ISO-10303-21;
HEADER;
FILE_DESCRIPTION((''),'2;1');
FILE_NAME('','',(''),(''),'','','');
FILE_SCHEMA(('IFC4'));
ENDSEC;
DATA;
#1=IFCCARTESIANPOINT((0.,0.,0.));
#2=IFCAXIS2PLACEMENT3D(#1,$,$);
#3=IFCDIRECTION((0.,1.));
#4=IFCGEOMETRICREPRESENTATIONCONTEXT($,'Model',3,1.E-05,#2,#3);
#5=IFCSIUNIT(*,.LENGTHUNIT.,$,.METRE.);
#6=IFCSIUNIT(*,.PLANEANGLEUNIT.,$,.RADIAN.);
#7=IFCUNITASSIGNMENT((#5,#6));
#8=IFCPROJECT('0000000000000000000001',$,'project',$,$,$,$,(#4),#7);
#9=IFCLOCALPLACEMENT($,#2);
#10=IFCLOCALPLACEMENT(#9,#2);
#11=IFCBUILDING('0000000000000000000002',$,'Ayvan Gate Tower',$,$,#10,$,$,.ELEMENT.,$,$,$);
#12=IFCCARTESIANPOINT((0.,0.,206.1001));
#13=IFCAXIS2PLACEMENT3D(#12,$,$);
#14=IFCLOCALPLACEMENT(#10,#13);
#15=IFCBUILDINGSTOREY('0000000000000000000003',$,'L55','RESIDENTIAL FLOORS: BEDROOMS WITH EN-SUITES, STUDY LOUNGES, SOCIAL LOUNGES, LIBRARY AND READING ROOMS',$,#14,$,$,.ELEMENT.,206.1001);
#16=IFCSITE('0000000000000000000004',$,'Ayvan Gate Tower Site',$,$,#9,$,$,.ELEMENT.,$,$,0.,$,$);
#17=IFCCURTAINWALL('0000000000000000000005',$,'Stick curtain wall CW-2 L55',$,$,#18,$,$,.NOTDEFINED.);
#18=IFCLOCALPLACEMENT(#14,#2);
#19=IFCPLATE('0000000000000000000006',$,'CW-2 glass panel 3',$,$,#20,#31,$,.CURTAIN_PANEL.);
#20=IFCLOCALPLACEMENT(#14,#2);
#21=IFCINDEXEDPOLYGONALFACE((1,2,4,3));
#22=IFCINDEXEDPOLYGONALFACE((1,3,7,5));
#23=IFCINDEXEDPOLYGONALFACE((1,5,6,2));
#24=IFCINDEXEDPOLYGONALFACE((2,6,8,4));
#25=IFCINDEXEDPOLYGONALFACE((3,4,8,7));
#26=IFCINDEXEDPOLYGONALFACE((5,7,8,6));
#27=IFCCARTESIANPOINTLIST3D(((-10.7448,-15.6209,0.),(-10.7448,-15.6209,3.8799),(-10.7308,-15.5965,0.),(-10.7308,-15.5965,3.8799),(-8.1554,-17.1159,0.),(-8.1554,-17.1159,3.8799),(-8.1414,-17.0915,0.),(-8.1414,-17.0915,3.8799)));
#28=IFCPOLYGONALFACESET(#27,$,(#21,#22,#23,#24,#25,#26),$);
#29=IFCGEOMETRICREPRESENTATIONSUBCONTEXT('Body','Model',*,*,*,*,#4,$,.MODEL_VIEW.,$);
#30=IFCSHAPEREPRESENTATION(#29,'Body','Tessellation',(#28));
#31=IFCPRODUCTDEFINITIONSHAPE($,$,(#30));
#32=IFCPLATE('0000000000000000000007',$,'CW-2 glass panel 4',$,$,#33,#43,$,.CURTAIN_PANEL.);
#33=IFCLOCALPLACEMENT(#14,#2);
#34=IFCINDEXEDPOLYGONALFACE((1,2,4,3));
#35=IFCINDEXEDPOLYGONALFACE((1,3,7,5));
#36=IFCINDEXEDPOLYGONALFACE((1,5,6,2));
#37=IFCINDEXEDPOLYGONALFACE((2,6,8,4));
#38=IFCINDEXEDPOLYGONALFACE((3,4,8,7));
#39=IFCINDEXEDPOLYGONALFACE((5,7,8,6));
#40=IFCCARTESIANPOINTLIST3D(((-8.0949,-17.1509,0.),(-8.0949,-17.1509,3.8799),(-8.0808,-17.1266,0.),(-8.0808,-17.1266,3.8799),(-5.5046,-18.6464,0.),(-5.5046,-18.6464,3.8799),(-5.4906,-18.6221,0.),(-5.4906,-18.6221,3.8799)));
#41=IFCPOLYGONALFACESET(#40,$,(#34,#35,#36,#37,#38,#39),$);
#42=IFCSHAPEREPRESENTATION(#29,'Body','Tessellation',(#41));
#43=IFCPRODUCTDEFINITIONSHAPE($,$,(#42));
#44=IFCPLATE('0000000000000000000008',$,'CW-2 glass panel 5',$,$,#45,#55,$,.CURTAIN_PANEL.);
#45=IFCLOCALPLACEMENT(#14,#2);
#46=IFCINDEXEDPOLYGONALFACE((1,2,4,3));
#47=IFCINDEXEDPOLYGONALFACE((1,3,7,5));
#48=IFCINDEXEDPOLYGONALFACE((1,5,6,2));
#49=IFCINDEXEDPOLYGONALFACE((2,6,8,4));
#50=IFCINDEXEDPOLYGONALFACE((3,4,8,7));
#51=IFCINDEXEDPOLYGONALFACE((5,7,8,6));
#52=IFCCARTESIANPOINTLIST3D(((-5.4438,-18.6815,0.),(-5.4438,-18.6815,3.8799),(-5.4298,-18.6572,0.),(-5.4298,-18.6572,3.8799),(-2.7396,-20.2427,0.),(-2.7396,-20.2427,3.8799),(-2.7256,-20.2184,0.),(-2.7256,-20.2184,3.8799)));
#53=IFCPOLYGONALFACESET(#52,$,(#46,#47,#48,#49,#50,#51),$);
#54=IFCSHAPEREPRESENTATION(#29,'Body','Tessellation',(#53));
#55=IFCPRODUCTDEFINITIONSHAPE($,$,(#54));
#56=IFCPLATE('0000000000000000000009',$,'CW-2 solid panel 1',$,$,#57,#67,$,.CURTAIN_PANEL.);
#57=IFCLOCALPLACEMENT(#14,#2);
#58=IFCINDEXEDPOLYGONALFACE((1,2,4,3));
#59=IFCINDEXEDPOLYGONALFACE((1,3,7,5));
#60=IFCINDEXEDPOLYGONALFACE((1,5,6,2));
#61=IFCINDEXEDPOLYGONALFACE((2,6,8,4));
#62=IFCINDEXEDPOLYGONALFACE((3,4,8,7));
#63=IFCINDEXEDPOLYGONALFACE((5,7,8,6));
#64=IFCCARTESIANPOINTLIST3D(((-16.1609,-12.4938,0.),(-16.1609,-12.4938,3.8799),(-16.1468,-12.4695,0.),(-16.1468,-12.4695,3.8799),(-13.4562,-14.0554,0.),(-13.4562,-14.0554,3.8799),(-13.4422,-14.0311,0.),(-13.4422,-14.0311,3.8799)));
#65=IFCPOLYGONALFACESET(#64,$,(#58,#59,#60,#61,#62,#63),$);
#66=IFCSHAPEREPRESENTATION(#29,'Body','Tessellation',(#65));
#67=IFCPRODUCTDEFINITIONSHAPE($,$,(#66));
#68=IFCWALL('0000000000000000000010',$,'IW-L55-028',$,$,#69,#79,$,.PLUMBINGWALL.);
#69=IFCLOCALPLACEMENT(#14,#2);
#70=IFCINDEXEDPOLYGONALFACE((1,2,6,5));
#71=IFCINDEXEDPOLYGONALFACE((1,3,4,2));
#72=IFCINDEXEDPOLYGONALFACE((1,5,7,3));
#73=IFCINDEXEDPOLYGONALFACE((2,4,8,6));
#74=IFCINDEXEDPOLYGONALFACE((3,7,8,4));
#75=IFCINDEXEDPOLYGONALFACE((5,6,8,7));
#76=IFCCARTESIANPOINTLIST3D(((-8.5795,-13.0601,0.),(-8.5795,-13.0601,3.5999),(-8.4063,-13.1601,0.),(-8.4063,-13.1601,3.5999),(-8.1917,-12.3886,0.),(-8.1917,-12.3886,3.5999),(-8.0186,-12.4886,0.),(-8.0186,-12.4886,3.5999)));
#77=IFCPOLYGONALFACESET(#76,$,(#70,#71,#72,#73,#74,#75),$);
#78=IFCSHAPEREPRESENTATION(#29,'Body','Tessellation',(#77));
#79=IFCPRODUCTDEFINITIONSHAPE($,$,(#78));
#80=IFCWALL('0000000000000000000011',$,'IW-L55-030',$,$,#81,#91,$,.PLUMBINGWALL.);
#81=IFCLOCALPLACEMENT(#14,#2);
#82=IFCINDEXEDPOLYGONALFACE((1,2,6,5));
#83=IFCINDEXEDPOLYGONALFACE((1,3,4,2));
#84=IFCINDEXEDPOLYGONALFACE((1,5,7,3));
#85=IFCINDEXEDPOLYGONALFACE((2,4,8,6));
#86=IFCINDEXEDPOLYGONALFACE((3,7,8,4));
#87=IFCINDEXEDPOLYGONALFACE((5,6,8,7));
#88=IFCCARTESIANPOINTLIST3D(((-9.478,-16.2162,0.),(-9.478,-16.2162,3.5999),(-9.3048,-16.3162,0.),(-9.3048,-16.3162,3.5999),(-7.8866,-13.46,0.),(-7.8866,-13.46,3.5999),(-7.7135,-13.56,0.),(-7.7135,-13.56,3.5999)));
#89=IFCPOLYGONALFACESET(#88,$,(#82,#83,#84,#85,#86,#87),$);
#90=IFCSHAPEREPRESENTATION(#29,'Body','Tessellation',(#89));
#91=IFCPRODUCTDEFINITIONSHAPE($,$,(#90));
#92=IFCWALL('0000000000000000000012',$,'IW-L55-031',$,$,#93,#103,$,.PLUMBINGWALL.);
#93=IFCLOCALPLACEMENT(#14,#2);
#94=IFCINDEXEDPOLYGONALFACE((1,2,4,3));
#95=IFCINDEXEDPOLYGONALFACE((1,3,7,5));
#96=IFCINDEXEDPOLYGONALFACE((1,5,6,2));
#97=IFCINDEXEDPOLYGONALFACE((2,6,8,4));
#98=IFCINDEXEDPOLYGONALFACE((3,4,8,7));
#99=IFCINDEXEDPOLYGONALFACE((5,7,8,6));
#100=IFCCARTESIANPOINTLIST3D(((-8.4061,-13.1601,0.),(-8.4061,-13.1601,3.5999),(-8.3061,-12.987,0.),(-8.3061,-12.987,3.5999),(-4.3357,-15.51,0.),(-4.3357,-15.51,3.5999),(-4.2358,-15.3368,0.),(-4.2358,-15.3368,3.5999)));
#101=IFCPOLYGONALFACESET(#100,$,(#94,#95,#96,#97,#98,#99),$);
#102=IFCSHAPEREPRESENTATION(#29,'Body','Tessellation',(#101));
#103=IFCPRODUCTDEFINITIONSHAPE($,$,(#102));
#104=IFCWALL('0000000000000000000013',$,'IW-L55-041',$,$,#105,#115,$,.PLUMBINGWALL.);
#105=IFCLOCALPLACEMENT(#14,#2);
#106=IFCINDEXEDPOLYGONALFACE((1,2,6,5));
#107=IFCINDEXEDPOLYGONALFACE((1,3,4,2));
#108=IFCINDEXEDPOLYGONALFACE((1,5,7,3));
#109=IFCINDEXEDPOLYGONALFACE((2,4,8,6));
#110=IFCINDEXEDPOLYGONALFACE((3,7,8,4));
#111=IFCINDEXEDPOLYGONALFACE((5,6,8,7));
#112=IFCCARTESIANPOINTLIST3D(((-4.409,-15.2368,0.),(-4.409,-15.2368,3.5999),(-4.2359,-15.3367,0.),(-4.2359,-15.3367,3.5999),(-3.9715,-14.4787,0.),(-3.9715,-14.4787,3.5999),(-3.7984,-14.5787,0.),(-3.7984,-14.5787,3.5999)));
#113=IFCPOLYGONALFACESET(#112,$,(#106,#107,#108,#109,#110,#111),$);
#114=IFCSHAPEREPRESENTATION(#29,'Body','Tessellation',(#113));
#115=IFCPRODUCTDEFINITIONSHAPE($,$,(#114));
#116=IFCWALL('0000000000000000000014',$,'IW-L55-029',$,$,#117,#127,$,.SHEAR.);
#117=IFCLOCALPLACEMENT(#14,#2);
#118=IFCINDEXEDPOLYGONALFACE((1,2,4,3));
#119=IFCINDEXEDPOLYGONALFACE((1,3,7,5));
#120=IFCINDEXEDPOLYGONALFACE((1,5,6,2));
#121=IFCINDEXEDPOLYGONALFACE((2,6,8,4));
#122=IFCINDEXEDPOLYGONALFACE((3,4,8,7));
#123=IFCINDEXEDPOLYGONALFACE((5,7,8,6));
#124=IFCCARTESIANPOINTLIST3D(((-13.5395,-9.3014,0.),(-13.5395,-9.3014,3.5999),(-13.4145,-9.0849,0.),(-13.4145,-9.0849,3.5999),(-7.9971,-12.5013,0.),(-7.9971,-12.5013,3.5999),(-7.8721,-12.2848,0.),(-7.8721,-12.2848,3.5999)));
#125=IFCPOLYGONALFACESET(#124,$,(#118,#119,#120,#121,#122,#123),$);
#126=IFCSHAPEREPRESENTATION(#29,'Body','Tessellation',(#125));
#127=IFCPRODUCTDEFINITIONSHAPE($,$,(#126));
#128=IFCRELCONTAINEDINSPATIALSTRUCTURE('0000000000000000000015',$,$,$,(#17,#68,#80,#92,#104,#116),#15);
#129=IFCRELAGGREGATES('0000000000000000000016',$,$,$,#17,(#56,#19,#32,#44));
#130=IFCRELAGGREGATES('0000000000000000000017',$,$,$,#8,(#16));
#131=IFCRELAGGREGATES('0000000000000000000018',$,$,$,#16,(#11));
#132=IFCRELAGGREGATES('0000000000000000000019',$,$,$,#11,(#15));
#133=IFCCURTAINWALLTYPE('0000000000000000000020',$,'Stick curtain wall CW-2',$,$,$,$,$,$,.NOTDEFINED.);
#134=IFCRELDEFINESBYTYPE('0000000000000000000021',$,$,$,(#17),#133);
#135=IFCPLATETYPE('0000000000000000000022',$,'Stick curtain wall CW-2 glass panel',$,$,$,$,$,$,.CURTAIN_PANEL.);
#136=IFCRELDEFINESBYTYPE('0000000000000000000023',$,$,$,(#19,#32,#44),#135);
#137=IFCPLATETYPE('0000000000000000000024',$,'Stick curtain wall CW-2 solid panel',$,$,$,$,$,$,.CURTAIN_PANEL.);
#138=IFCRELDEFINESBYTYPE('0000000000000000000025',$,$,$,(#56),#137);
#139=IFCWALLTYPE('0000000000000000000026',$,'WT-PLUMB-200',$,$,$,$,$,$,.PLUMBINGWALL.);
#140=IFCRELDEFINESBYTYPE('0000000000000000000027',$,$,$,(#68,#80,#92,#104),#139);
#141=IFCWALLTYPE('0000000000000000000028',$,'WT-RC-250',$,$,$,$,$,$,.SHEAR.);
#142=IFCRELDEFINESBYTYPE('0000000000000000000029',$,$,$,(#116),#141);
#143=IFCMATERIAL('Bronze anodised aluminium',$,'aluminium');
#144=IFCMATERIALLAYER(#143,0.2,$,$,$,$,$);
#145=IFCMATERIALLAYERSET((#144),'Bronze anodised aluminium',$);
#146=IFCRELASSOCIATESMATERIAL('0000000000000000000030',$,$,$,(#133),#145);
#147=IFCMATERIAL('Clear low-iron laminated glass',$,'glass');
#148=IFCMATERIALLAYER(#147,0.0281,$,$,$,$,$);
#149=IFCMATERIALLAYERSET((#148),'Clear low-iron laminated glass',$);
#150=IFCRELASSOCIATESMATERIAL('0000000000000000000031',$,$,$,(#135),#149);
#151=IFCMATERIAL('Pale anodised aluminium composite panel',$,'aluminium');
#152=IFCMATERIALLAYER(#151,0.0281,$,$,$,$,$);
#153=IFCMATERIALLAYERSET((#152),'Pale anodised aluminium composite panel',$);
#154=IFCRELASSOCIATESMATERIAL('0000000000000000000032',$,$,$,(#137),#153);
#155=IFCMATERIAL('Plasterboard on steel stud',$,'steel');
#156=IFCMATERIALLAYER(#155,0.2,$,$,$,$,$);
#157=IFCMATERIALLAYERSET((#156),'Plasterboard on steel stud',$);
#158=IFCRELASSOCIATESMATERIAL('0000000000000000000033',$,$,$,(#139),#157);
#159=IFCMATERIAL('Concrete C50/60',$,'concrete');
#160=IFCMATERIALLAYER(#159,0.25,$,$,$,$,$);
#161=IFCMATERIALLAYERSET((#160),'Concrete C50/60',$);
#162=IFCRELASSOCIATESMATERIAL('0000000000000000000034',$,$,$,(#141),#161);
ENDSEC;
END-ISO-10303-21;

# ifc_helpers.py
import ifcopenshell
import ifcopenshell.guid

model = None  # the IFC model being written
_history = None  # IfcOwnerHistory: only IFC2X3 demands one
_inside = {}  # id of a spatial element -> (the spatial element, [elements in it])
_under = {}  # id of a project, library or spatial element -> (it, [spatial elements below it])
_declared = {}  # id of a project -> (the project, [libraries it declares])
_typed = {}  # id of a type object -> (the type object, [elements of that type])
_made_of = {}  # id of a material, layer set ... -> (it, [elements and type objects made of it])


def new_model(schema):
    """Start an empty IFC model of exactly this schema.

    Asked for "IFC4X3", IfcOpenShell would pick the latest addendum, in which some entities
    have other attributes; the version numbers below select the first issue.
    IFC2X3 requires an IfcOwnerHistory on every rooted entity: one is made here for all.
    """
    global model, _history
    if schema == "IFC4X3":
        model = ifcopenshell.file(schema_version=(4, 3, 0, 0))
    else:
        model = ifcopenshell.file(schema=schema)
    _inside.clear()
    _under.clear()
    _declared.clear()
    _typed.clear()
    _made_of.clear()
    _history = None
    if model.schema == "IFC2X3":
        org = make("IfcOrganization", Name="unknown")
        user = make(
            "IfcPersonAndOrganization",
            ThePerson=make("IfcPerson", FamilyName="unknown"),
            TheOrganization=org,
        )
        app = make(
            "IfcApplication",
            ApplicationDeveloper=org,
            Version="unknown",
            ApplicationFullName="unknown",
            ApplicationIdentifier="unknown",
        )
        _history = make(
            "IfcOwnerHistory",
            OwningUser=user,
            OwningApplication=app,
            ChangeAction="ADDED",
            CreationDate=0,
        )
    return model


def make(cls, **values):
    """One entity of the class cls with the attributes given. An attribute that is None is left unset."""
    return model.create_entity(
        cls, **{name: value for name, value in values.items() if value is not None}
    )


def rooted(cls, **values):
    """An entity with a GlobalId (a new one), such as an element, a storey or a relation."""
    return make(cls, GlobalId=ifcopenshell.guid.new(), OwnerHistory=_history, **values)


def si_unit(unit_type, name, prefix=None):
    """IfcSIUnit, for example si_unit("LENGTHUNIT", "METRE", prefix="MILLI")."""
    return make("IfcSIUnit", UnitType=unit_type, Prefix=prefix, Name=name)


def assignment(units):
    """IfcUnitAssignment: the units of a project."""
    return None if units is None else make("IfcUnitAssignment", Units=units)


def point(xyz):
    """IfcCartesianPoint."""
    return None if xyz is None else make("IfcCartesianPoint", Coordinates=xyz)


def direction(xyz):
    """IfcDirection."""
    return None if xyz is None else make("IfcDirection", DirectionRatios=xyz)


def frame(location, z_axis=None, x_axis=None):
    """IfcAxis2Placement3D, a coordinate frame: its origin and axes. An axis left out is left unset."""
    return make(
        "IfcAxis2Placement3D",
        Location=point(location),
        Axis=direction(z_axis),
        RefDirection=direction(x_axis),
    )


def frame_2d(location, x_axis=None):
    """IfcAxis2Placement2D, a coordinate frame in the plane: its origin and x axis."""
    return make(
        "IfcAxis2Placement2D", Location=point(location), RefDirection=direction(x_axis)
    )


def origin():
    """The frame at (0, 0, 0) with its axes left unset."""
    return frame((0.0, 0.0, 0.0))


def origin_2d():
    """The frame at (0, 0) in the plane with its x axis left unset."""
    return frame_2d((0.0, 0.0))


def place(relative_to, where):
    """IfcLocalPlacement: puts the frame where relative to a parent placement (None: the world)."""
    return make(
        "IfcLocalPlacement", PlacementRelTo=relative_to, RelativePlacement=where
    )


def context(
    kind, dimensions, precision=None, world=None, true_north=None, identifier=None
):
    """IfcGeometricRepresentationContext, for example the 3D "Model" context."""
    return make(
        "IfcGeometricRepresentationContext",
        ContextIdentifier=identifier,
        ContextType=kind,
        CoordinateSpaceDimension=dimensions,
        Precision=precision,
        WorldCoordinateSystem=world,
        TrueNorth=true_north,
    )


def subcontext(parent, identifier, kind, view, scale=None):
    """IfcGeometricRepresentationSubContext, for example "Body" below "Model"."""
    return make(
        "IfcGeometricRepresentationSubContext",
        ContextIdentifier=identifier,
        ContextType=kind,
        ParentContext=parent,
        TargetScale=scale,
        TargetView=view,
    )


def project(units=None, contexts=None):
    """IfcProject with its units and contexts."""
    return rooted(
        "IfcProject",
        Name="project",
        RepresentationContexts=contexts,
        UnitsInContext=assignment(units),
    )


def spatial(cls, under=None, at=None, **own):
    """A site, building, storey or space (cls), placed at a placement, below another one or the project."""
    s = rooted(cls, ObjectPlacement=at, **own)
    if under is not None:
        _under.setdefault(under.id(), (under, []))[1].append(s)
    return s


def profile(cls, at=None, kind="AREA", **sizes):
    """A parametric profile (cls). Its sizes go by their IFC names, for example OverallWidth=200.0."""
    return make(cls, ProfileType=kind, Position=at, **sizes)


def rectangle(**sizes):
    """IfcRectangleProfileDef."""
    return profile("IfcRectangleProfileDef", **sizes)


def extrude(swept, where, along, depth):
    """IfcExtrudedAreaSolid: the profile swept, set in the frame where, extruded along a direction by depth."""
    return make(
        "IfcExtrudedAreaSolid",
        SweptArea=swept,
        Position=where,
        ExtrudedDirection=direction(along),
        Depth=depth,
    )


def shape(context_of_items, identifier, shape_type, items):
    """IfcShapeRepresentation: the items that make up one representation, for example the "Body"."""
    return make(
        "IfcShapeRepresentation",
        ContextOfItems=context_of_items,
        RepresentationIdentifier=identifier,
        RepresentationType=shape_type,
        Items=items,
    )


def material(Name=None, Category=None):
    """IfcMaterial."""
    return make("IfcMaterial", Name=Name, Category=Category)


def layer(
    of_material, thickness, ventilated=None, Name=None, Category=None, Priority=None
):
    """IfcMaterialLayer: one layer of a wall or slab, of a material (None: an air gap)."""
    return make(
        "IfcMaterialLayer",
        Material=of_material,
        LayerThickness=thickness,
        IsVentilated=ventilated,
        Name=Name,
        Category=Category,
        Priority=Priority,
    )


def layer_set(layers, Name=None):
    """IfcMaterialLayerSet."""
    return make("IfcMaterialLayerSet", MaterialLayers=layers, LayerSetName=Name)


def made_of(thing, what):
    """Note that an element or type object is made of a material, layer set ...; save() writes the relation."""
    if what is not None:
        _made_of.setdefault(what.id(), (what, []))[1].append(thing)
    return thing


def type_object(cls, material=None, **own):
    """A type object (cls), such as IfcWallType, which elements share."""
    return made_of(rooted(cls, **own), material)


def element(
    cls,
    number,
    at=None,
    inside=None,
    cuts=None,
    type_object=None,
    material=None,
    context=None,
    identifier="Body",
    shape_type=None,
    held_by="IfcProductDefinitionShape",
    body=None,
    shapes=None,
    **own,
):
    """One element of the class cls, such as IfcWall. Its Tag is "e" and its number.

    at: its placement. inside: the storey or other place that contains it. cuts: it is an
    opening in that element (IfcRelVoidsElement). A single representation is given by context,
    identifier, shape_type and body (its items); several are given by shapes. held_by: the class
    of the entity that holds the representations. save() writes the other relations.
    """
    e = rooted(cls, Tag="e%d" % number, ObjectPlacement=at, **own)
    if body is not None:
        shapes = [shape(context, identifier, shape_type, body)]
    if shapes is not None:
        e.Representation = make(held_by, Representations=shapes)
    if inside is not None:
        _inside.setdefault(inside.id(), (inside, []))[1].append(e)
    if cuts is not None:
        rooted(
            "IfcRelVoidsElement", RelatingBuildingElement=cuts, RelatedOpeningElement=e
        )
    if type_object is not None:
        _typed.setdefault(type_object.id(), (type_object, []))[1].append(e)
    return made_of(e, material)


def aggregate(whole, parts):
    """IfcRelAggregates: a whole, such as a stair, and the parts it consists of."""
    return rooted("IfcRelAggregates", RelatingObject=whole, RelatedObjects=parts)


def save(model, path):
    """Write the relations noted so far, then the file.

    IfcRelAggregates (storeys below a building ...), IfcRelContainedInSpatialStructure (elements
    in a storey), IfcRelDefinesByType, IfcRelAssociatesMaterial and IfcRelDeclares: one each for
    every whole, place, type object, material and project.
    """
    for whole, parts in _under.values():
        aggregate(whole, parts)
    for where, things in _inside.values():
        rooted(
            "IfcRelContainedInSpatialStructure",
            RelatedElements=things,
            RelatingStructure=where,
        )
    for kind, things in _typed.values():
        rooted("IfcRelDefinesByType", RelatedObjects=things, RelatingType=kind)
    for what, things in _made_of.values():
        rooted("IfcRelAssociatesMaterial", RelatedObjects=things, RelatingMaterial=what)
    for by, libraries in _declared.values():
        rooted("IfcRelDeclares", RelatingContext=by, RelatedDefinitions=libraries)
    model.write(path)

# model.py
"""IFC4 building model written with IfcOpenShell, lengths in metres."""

from ifc_helpers import new_model, si_unit, direction, frame, frame_2d, origin, origin_2d, place, context, subcontext, project, spatial, rectangle, extrude, material, layer, layer_set, type_object, element, aggregate, save


model = new_model("IFC4")

# Units and contexts
model_context = context("Model", 3, precision=1e-05, world=origin(), true_north=direction((0.0, 1.0)))
body_context = subcontext(model_context, "Body", "Model", "MODEL_VIEW")
ifc_project = project(units=[si_unit("LENGTHUNIT", "METRE"), si_unit("PLANEANGLEUNIT", "RADIAN")], contexts=[model_context])

# Site, building, storey
site_placement = place(None, origin())
site = spatial("IfcSite", under=ifc_project, at=site_placement, Name="Ayvan Gate Tower Site", CompositionType="ELEMENT", RefElevation=0.0)
building_placement = place(site_placement, origin())
building = spatial("IfcBuilding", under=site, at=building_placement, Name="Ayvan Gate Tower", CompositionType="ELEMENT")
storey_placement = place(building_placement, frame((0.0, 0.0, 206.1001)))
storey = spatial("IfcBuildingStorey", under=building, at=storey_placement, Name="L55", Description="RESIDENTIAL FLOORS: BEDROOMS WITH EN-SUITES, STUDY LOUNGES, SOCIAL LOUNGES, LIBRARY AND READING ROOMS", CompositionType="ELEMENT", Elevation=206.1001)

# Curtain wall
ifc_material_1 = material(Name="Bronze anodised aluminium", Category="aluminium")
ifc_layer_1 = layer(ifc_material_1, 0.2)
ifc_layer_set_1 = layer_set([ifc_layer_1], Name="Bronze anodised aluminium")
curtain_wall_type_1 = type_object("IfcCurtainWallType", Name="Stick curtain wall CW-2", PredefinedType="NOTDEFINED", material=ifc_layer_set_1)
curtain_wall_1_placement = place(storey_placement, origin())
curtain_wall_1 = element("IfcCurtainWall", 1, at=curtain_wall_1_placement, inside=storey, type_object=curtain_wall_type_1, Name="Stick curtain wall CW-2 L55", PredefinedType="NOTDEFINED")

# Plates
ifc_material_2 = material(Name="Clear low-iron laminated glass", Category="glass")
ifc_layer_2 = layer(ifc_material_2, 0.0281)
ifc_layer_set_2 = layer_set([ifc_layer_2], Name="Clear low-iron laminated glass")
plate_type_1 = type_object("IfcPlateType", Name="Stick curtain wall CW-2 glass panel", PredefinedType="CURTAIN_PANEL", material=ifc_layer_set_2)
plate_1_placement = place(storey_placement, frame((-9.4431, -16.3562, 0.0), z_axis=(0.0, 0.0, 1.0), x_axis=(0.866025, -0.5, 0.0)))
plate_1 = element("IfcPlate", 2, at=plate_1_placement, type_object=plate_type_1, Name="CW-2 glass panel 3", PredefinedType="CURTAIN_PANEL", context=body_context, shape_type="SweptSolid", body=[
    extrude(rectangle(XDim=2.99, YDim=0.0281, at=origin_2d()), origin(), (0.0, 0.0, 1.0), 3.8799),
])
plate_2_placement = place(storey_placement, frame((-6.7927, -17.8865, 0.0), z_axis=(0.0, 0.0, 1.0), x_axis=(0.866025, -0.5, 0.0)))
plate_2 = element("IfcPlate", 3, at=plate_2_placement, type_object=plate_type_1, Name="CW-2 glass panel 4", PredefinedType="CURTAIN_PANEL", context=body_context, shape_type="SweptSolid", body=[
    extrude(rectangle(XDim=2.991, YDim=0.0281, at=origin_2d()), origin(), (0.0, 0.0, 1.0), 3.8799),
])
plate_3_placement = place(storey_placement, frame((-4.0847, -19.45, 0.0), z_axis=(0.0, 0.0, 1.0), x_axis=(0.866025, -0.5, 0.0)))
plate_3 = element("IfcPlate", 4, at=plate_3_placement, type_object=plate_type_1, Name="CW-2 glass panel 5", PredefinedType="CURTAIN_PANEL", context=body_context, shape_type="SweptSolid", body=[
    extrude(rectangle(XDim=3.1226, YDim=0.0281, at=origin_2d()), origin(), (0.0, 0.0, 1.0), 3.8799),
])
ifc_material_3 = material(Name="Pale anodised aluminium composite panel", Category="aluminium")
ifc_layer_3 = layer(ifc_material_3, 0.0281)
ifc_layer_set_3 = layer_set([ifc_layer_3], Name="Pale anodised aluminium composite panel")
plate_type_2 = type_object("IfcPlateType", Name="Stick curtain wall CW-2 solid panel", PredefinedType="CURTAIN_PANEL", material=ifc_layer_set_3)
plate_4_placement = place(storey_placement, frame((-14.8015, -13.2625, 0.0), z_axis=(0.0, 0.0, 1.0), x_axis=(0.866025, -0.5, 0.0)))
plate_4 = element("IfcPlate", 5, at=plate_4_placement, type_object=plate_type_2, Name="CW-2 solid panel 1", PredefinedType="CURTAIN_PANEL", context=body_context, shape_type="SweptSolid", body=[
    extrude(rectangle(XDim=3.123, YDim=0.0281, at=origin_2d()), origin(), (0.0, 0.0, 1.0), 3.8799),
])
aggregate(curtain_wall_1, [plate_4, plate_1, plate_2, plate_3])

# Walls
ifc_material_4 = material(Name="Plasterboard on steel stud", Category="steel")
ifc_layer_4 = layer(ifc_material_4, 0.2)
ifc_layer_set_4 = layer_set([ifc_layer_4], Name="Plasterboard on steel stud")
wall_type_1 = type_object("IfcWallType", Name="WT-PLUMB-200", PredefinedType="PLUMBINGWALL", material=ifc_layer_set_4)
wall_1_placement = place(storey_placement, frame((-8.4929, -13.1101, 0.0), z_axis=(0.0, 0.0, 1.0), x_axis=(0.500068, 0.865986, 0.0)))
element("IfcWall", 6, at=wall_1_placement, inside=storey, type_object=wall_type_1, Name="IW-L55-028", PredefinedType="PLUMBINGWALL", context=body_context, shape_type="SweptSolid", body=[
    extrude(rectangle(XDim=0.7754, YDim=0.2, at=frame_2d((0.3877, 0.0))), origin(), (0.0, 0.0, 1.0), 3.5999),
])
wall_2_placement = place(storey_placement, frame((-7.8, -13.51, 0.0), z_axis=(0.0, 0.0, 1.0), x_axis=(-0.500017, -0.866016, 0.0)))
element("IfcWall", 7, at=wall_2_placement, inside=storey, type_object=wall_type_1, Name="IW-L55-030", PredefinedType="PLUMBINGWALL", context=body_context, shape_type="SweptSolid", body=[
    extrude(rectangle(XDim=3.1826, YDim=0.2, at=frame_2d((1.5913, 0.0))), origin(), (0.0, 0.0, 1.0), 3.5999),
])
wall_3_placement = place(storey_placement, frame((-8.3562, -13.0735, 0.0), z_axis=(0.0, 0.0, 1.0), x_axis=(0.866039, -0.499977, 0.0)))
element("IfcWall", 8, at=wall_3_placement, inside=storey, type_object=wall_type_1, Name="IW-L55-031", PredefinedType="PLUMBINGWALL", context=body_context, shape_type="SweptSolid", body=[
    extrude(rectangle(XDim=4.7, YDim=0.2, at=frame_2d((2.3501, 0.0))), origin(), (0.0, 0.0, 1.0), 3.5999),
])
wall_4_placement = place(storey_placement, frame((-3.885, -14.5288, 0.0), z_axis=(0.0, 0.0, 1.0), x_axis=(-0.499859, -0.866107, 0.0)))
element("IfcWall", 9, at=wall_4_placement, inside=storey, type_object=wall_type_1, Name="IW-L55-041", PredefinedType="PLUMBINGWALL", context=body_context, shape_type="SweptSolid", body=[
    extrude(rectangle(XDim=0.8752, YDim=0.2, at=frame_2d((0.4375, 0.0))), origin(), (0.0, 0.0, 1.0), 3.5999),
])
ifc_material_5 = material(Name="Concrete C50/60", Category="concrete")
ifc_layer_5 = layer(ifc_material_5, 0.25)
ifc_layer_set_5 = layer_set([ifc_layer_5], Name="Concrete C50/60")
wall_type_2 = type_object("IfcWallType", Name="WT-RC-250", PredefinedType="SHEAR", material=ifc_layer_set_5)
wall_5_placement = place(storey_placement, frame((-7.9346, -12.3931, 0.0), z_axis=(0.0, 0.0, 1.0), x_axis=(-0.866025, 0.5, 0.0)))
element("IfcWall", 10, at=wall_5_placement, inside=storey, type_object=wall_type_2, Name="IW-L55-029", PredefinedType="SHEAR", context=body_context, shape_type="SweptSolid", body=[
    extrude(rectangle(XDim=6.3999, YDim=0.25, at=frame_2d((3.2, 0.0))), origin(), (0.0, 0.0, 1.0), 3.5999),
])

save(model, "model.ifc")
